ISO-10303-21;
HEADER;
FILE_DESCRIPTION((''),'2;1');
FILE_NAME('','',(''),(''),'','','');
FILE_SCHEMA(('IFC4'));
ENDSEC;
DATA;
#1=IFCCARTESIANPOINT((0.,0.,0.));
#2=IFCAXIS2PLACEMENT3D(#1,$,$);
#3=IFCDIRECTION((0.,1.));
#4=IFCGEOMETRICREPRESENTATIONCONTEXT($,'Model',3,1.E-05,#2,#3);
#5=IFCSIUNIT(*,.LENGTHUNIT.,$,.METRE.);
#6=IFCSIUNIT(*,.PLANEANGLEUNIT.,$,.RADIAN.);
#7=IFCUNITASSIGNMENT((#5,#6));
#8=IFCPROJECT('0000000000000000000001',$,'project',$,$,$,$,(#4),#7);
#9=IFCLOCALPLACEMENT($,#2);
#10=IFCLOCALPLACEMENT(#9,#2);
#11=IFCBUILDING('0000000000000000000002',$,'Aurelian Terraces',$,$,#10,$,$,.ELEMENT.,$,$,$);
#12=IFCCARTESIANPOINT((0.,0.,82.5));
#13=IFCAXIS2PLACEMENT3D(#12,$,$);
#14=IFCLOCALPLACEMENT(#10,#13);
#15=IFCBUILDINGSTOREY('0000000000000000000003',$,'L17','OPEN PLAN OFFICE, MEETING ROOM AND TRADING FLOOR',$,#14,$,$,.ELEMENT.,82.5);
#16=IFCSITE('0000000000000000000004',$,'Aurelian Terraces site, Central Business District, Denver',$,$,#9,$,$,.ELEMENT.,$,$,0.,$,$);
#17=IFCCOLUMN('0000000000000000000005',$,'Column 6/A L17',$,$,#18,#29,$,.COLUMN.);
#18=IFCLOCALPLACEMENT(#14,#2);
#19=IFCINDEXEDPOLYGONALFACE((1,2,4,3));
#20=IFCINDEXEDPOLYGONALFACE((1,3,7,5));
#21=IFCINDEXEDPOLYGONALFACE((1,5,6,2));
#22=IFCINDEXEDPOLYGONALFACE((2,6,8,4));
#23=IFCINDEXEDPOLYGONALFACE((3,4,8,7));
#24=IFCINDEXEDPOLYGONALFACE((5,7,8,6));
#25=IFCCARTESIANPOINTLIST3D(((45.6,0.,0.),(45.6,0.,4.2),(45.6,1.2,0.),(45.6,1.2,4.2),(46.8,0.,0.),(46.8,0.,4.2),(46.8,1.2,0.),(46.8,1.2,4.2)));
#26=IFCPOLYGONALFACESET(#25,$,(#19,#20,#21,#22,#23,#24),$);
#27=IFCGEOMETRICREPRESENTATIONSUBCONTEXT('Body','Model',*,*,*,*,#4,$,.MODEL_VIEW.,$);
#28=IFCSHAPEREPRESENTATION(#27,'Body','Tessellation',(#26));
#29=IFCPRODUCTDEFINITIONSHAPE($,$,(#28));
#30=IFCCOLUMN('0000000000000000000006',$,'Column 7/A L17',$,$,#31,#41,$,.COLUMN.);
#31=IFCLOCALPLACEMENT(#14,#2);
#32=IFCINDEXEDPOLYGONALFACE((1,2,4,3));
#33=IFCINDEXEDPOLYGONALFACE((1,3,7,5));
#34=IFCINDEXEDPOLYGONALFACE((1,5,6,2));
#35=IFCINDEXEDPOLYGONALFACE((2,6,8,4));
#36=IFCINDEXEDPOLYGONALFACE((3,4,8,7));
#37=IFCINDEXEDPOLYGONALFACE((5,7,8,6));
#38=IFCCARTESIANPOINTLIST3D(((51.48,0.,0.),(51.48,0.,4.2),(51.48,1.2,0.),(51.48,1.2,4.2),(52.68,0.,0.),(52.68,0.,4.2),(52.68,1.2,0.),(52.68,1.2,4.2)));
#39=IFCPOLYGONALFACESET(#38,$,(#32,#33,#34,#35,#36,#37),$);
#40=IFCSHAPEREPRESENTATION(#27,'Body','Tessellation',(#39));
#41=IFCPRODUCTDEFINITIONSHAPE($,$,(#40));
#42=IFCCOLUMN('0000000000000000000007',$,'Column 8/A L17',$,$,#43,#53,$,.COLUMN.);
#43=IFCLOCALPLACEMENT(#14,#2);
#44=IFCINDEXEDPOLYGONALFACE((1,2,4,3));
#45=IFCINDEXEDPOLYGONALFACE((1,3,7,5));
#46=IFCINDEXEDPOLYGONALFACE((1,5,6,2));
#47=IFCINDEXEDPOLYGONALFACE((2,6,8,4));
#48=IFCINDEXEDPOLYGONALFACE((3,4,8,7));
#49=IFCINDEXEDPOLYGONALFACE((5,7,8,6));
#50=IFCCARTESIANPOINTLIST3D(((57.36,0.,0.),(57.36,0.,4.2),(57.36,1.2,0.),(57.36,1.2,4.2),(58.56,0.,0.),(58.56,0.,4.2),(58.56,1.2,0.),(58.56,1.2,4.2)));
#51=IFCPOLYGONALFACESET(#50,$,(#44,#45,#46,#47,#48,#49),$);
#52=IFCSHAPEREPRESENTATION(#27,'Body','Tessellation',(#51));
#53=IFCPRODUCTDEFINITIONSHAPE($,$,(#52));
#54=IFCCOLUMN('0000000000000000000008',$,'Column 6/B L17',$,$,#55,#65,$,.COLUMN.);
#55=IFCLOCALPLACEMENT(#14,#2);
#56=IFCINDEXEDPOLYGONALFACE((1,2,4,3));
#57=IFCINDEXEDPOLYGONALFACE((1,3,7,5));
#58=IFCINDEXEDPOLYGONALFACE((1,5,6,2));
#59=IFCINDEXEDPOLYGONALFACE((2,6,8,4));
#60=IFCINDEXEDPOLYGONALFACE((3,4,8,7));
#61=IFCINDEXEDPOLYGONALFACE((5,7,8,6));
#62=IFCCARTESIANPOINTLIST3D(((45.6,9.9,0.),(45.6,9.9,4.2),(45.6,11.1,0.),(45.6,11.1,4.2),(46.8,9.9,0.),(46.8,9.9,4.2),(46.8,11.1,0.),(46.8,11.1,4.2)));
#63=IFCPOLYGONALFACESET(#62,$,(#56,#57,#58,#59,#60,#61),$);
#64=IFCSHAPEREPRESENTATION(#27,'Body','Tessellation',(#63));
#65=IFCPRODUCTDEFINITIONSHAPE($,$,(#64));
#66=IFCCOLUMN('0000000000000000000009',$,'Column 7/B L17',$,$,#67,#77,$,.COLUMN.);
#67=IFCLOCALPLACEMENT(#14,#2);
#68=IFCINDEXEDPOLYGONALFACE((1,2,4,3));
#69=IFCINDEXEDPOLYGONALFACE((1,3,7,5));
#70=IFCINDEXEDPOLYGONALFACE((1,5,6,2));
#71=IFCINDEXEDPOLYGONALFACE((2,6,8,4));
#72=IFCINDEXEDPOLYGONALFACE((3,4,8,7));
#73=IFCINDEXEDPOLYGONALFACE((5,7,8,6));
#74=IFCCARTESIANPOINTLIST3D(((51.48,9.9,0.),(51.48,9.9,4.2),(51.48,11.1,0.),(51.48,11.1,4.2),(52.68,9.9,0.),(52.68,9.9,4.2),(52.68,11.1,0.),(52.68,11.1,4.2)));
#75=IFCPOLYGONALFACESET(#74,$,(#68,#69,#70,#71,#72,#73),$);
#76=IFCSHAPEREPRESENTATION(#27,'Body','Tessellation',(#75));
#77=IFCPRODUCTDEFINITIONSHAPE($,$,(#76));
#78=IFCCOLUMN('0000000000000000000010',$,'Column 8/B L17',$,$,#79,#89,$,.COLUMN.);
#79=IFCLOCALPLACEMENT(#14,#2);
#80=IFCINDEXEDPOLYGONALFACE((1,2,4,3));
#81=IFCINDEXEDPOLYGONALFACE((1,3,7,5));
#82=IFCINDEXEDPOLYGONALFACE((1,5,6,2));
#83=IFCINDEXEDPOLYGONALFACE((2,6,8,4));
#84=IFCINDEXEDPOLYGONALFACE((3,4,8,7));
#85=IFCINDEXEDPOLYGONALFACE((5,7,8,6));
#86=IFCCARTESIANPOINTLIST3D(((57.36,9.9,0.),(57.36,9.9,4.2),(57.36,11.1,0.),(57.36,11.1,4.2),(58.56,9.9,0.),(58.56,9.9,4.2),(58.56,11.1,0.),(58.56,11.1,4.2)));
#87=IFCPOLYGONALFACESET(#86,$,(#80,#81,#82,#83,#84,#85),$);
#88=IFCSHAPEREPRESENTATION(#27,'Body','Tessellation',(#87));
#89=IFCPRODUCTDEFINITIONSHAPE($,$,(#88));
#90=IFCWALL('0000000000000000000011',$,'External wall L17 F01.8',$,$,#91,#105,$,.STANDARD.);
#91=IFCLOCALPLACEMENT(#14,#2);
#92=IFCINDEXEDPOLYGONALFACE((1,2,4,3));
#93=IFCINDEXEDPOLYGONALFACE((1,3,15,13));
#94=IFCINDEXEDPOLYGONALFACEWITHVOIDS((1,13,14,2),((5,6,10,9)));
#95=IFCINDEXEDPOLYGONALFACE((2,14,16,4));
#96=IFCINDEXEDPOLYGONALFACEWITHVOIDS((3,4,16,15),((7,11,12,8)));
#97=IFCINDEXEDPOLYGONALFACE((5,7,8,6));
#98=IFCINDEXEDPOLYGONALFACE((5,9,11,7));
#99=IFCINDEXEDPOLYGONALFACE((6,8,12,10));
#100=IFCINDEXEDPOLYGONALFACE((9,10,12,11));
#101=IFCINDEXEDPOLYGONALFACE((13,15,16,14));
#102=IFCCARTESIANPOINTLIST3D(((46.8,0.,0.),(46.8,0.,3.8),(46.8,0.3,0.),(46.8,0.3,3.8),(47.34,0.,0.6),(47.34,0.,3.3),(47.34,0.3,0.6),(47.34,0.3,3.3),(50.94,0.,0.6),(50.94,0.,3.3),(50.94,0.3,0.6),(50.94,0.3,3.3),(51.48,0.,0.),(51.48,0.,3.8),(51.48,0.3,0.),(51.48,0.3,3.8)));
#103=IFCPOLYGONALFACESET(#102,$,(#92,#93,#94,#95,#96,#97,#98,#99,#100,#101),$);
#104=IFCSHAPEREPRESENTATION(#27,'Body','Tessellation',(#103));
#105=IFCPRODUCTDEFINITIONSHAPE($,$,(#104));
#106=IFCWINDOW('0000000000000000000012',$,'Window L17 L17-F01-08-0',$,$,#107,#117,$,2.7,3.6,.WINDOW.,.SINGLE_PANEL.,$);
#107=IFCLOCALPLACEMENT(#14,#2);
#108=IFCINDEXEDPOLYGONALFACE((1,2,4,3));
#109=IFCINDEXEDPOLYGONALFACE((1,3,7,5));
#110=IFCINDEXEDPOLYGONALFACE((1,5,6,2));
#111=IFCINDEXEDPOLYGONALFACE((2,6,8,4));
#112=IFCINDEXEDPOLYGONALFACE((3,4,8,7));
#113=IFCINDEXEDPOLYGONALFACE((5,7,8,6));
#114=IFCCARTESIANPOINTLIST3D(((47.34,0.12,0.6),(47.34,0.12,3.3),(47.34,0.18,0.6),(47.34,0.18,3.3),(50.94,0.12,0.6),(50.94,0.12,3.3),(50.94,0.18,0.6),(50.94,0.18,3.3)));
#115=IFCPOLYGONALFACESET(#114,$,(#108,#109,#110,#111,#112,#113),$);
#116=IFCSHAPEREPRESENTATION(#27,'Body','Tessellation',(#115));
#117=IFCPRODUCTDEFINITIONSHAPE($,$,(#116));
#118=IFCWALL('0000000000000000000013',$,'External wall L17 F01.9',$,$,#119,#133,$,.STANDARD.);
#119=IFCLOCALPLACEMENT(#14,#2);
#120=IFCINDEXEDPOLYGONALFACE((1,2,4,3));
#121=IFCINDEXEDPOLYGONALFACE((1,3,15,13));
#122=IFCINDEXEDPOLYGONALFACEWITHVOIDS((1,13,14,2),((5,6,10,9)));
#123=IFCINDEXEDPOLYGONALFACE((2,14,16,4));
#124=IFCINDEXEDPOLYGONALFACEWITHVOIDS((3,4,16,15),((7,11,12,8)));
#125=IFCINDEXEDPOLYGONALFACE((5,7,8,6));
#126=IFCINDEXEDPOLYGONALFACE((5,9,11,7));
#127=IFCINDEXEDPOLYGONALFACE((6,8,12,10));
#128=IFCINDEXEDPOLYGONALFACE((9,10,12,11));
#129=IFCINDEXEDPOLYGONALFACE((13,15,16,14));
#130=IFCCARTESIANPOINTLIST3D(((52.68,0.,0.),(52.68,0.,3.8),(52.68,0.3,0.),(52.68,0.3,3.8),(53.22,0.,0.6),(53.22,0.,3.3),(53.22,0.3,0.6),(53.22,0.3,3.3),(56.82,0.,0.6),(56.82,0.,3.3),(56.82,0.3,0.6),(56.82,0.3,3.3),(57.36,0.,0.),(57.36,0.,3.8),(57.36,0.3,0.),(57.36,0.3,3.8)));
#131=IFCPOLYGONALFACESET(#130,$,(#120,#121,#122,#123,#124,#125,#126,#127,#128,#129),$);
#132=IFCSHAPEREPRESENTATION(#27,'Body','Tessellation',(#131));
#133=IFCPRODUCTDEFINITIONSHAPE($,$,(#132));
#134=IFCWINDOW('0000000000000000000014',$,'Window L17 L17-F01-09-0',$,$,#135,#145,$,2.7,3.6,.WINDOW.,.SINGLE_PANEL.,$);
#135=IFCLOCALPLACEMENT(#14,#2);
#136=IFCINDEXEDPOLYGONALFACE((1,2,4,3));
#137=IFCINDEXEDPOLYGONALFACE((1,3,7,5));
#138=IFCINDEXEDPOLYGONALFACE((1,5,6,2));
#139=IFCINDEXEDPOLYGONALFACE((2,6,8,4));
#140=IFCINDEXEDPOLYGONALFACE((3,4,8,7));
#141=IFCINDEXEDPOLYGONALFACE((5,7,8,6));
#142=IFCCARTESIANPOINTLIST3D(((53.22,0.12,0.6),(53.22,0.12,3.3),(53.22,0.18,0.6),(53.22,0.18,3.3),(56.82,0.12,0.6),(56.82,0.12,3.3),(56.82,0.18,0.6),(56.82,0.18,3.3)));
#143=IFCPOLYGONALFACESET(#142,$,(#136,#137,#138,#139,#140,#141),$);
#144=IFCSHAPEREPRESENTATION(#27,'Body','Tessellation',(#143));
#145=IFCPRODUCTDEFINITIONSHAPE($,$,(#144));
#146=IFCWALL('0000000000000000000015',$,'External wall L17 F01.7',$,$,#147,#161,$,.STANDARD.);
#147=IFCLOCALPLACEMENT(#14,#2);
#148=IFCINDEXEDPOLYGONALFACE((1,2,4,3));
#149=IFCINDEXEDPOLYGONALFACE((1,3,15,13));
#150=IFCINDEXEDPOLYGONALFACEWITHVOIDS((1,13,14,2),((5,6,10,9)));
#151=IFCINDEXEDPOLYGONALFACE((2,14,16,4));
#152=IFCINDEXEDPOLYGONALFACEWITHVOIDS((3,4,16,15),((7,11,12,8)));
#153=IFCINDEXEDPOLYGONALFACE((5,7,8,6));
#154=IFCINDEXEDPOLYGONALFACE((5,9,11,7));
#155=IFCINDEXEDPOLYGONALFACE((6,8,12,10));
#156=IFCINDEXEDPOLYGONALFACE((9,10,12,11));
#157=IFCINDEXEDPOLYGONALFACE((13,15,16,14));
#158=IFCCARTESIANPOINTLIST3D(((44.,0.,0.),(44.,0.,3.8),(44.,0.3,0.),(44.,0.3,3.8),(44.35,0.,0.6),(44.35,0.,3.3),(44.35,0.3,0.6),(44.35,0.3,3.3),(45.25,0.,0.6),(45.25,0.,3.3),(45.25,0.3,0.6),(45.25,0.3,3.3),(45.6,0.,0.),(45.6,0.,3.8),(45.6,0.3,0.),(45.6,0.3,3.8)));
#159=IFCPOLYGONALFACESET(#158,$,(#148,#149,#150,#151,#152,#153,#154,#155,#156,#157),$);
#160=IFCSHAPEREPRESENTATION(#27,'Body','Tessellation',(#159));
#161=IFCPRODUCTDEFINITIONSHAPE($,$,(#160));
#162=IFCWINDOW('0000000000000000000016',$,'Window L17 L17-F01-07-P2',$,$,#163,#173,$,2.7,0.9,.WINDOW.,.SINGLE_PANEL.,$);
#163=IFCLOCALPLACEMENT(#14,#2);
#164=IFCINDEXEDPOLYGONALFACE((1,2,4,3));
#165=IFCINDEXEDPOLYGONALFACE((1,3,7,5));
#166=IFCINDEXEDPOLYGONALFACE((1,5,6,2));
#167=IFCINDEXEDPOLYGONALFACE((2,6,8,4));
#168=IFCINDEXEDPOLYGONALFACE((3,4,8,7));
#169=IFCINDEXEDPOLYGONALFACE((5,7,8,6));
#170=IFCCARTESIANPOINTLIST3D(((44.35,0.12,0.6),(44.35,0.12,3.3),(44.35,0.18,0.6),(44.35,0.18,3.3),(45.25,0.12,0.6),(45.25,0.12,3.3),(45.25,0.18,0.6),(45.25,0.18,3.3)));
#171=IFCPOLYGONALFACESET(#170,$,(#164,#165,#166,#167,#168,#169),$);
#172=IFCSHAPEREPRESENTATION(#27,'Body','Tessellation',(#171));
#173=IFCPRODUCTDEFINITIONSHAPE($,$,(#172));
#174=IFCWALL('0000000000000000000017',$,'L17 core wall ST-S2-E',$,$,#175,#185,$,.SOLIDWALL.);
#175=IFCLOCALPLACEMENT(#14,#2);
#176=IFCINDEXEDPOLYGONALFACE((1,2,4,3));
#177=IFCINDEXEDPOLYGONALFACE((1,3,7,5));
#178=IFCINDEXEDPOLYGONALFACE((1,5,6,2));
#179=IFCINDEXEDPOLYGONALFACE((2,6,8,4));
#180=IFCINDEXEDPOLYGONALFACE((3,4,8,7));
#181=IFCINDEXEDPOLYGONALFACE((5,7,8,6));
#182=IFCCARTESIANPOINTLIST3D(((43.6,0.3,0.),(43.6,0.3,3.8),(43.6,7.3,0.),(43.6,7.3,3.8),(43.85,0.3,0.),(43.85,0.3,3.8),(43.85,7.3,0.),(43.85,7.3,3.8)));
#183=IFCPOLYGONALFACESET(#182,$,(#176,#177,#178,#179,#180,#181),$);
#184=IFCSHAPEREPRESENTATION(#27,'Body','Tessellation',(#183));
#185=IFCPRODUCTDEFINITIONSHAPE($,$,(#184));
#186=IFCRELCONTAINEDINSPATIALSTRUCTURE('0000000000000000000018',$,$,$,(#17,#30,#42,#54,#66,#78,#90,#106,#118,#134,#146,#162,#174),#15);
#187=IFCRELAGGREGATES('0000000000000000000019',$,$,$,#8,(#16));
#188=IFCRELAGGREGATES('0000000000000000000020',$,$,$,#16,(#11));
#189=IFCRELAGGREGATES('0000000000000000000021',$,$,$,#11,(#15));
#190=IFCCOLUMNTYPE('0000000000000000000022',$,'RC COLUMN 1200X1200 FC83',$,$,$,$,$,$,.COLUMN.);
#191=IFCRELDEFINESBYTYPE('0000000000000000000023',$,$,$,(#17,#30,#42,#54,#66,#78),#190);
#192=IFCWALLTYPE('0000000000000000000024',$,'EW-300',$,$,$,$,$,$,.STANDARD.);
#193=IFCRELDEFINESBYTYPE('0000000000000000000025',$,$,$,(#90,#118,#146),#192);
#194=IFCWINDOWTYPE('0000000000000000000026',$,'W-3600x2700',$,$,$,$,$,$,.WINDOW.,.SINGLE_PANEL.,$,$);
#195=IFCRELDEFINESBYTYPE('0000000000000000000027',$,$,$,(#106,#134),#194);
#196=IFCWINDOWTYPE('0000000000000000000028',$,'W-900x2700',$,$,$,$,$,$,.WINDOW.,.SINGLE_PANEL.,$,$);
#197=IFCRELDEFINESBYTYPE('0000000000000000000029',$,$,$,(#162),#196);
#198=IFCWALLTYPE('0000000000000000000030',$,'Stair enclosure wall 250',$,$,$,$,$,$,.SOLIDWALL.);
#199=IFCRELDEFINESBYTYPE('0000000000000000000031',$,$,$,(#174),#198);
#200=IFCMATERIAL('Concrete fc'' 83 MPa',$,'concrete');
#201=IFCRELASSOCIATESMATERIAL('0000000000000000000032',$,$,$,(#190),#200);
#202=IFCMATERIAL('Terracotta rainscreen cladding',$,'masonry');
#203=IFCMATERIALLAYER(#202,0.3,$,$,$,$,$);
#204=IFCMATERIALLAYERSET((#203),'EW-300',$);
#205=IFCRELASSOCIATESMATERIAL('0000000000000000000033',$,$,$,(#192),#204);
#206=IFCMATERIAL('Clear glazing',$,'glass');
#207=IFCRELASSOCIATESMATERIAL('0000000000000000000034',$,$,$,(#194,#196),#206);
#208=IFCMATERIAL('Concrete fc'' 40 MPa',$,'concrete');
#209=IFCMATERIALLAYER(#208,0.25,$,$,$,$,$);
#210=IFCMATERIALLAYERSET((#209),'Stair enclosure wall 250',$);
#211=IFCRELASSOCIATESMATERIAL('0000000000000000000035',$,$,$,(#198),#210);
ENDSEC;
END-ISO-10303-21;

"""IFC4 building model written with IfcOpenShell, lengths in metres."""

from ifc_helpers import new_model, si_unit, direction, frame, frame_2d, origin, origin_2d, place, context, subcontext, project, spatial, rectangle, extrude, source, transform, mapped, material, layer, layer_set, material_profile, profile_set, type_object, element, fill, save


model = new_model("IFC4")

# Units and contexts
model_context = context("Model", 3, precision=1e-05, world=origin(), true_north=direction((0.0, 1.0)))
body_context = subcontext(model_context, "Body", "Model", "MODEL_VIEW")
ifc_project = project(units=[si_unit("LENGTHUNIT", "METRE"), si_unit("PLANEANGLEUNIT", "RADIAN")], contexts=[model_context])

# Site, building, storey
site_placement = place(None, origin())
site = spatial("IfcSite", under=ifc_project, at=site_placement, Name="Aurelian Terraces site, Central Business District, Denver", CompositionType="ELEMENT", RefElevation=0.0)
building_placement = place(site_placement, origin())
building = spatial("IfcBuilding", under=site, at=building_placement, Name="Aurelian Terraces", CompositionType="ELEMENT")
storey_placement = place(building_placement, frame((0.0, 0.0, 82.5)))
storey = spatial("IfcBuildingStorey", under=building, at=storey_placement, Name="L17", Description="OPEN PLAN OFFICE, MEETING ROOM AND TRADING FLOOR", CompositionType="ELEMENT", Elevation=82.5)

# Columns
ifc_material_1 = material(Name="Concrete fc' 83 MPa", Category="concrete")
ifc_material_profile = material_profile(ifc_material_1, rectangle(XDim=1.2, YDim=1.2, at=origin_2d()))
ifc_profile_set = profile_set([ifc_material_profile], Name="Concrete fc' 83 MPa")
column_type = type_object("IfcColumnType", Name="RC COLUMN 1200X1200 FC83", PredefinedType="COLUMN", material=ifc_profile_set)
shared_shape_1 = source(origin(), body_context, "Body", "SweptSolid", [
    extrude(rectangle(XDim=1.2, YDim=1.2, at=origin_2d()), origin(), (0.0, 0.0, 1.0), 4.2),
])
for number, where, z_axis, x_axis, name in (
    (1, (46.2, 0.6, 0.0), (0.0, 0.0, 1.0), (1.0, 0.0, 0.0), "Column 6/A L17"),
    (2, (52.08, 0.6, 0.0), (0.0, 0.0, 1.0), (1.0, 0.0, 0.0), "Column 7/A L17"),
    (3, (57.96, 0.6, 0.0), (0.0, 0.0, 1.0), (1.0, 0.0, 0.0), "Column 8/A L17"),
    (4, (46.2, 10.5, 0.0), (0.0, 0.0, 1.0), (1.0, 0.0, 0.0), "Column 6/B L17"),
    (5, (52.08, 10.5, 0.0), (0.0, 0.0, 1.0), (1.0, 0.0, 0.0), "Column 7/B L17"),
    (6, (57.96, 10.5, 0.0), (0.0, 0.0, 1.0), (1.0, 0.0, 0.0), "Column 8/B L17"),
):
    element("IfcColumn", number, at=place(storey_placement, frame(where, z_axis=z_axis, x_axis=x_axis)), inside=storey, type_object=column_type, Name=name, PredefinedType="COLUMN", context=body_context, shape_type="MappedRepresentation", body=[
        mapped(shared_shape_1, transform((0.0, 0.0, 0.0), scale=1.0)),
    ])

# Walls, openings, windows
ifc_material_2 = material(Name="Terracotta rainscreen cladding", Category="masonry")
ifc_layer_1 = layer(ifc_material_2, 0.3)
ifc_layer_set_1 = layer_set([ifc_layer_1], Name="EW-300")
wall_type_1 = type_object("IfcWallType", Name="EW-300", PredefinedType="STANDARD", material=ifc_layer_set_1)
shared_shape_2 = source(origin(), body_context, "Body", "SweptSolid", [
    extrude(rectangle(XDim=4.68, YDim=0.3, at=frame_2d((2.34, 0.0))), origin(), (0.0, 0.0, 1.0), 3.8),
])
wall_1_placement = place(storey_placement, frame((46.8, 0.15, 0.0), z_axis=(0.0, 0.0, 1.0), x_axis=(1.0, 0.0, 0.0)))
wall_1 = element("IfcWall", 7, at=wall_1_placement, inside=storey, type_object=wall_type_1, Name="External wall L17 F01.8", PredefinedType="STANDARD", context=body_context, shape_type="MappedRepresentation", body=[
    mapped(shared_shape_2, transform((0.0, 0.0, 0.0), scale=1.0)),
])
shared_shape_3 = source(origin(), body_context, "Body", "SweptSolid", [
    extrude(rectangle(XDim=3.6, YDim=2.7, at=frame_2d((1.8, 1.35))), frame((0.0, 0.16, 0.0), z_axis=(0.0, -1.0, 0.0), x_axis=(1.0, 0.0, 0.0)), (0.0, 0.0, 1.0), 0.32),
])
opening_1_placement = place(wall_1_placement, frame((0.54, 0.0, 0.6)))
opening_1 = element("IfcOpeningElement", 8, at=opening_1_placement, cuts=wall_1, PredefinedType="OPENING", context=body_context, shape_type="MappedRepresentation", body=[
    mapped(shared_shape_3, transform((0.0, 0.0, 0.0), scale=1.0)),
])
ifc_material_3 = material(Name="Clear glazing", Category="glass")
window_type_1 = type_object("IfcWindowType", Name="W-3600x2700", PartitioningType="SINGLE_PANEL", PredefinedType="WINDOW", material=ifc_material_3)
shared_shape_4 = source(origin(), body_context, "Body", "SweptSolid", [
    extrude(rectangle(XDim=3.6, YDim=2.7, at=frame_2d((1.8, 1.35))), frame((0.0, 0.03, 0.0), z_axis=(0.0, -1.0, 0.0), x_axis=(1.0, 0.0, 0.0)), (0.0, 0.0, 1.0), 0.06),
])
window_1_placement = place(opening_1_placement, origin())
window_1 = element("IfcWindow", 9, at=window_1_placement, inside=storey, type_object=window_type_1, Name="Window L17 L17-F01-08-0", OverallHeight=2.7, OverallWidth=3.6, PartitioningType="SINGLE_PANEL", PredefinedType="WINDOW", context=body_context, shape_type="MappedRepresentation", body=[
    mapped(shared_shape_4, transform((0.0, 0.0, 0.0), scale=1.0)),
])
fill(opening_1, window_1)
wall_2_placement = place(storey_placement, frame((52.68, 0.15, 0.0), z_axis=(0.0, 0.0, 1.0), x_axis=(1.0, 0.0, 0.0)))
wall_2 = element("IfcWall", 10, at=wall_2_placement, inside=storey, type_object=wall_type_1, Name="External wall L17 F01.9", PredefinedType="STANDARD", context=body_context, shape_type="MappedRepresentation", body=[
    mapped(shared_shape_2, transform((0.0, 0.0, 0.0), scale=1.0)),
])
opening_2_placement = place(wall_2_placement, frame((0.54, 0.0, 0.6)))
opening_2 = element("IfcOpeningElement", 11, at=opening_2_placement, cuts=wall_2, PredefinedType="OPENING", context=body_context, shape_type="MappedRepresentation", body=[
    mapped(shared_shape_3, transform((0.0, 0.0, 0.0), scale=1.0)),
])
window_2_placement = place(opening_2_placement, origin())
window_2 = element("IfcWindow", 12, at=window_2_placement, inside=storey, type_object=window_type_1, Name="Window L17 L17-F01-09-0", OverallHeight=2.7, OverallWidth=3.6, PartitioningType="SINGLE_PANEL", PredefinedType="WINDOW", context=body_context, shape_type="MappedRepresentation", body=[
    mapped(shared_shape_4, transform((0.0, 0.0, 0.0), scale=1.0)),
])
fill(opening_2, window_2)
shared_shape_5 = source(origin(), body_context, "Body", "SweptSolid", [
    extrude(rectangle(XDim=1.6, YDim=0.3, at=frame_2d((0.8, 0.0))), origin(), (0.0, 0.0, 1.0), 3.8),
])
wall_3_placement = place(storey_placement, frame((44.0, 0.15, 0.0), z_axis=(0.0, 0.0, 1.0), x_axis=(1.0, 0.0, 0.0)))
wall_3 = element("IfcWall", 13, at=wall_3_placement, inside=storey, type_object=wall_type_1, Name="External wall L17 F01.7", PredefinedType="STANDARD", context=body_context, shape_type="MappedRepresentation", body=[
    mapped(shared_shape_5, transform((0.0, 0.0, 0.0), scale=1.0)),
])
shared_shape_6 = source(origin(), body_context, "Body", "SweptSolid", [
    extrude(rectangle(XDim=0.9, YDim=2.7, at=frame_2d((0.45, 1.35))), frame((0.0, 0.16, 0.0), z_axis=(0.0, -1.0, 0.0), x_axis=(1.0, 0.0, 0.0)), (0.0, 0.0, 1.0), 0.32),
])
opening_3_placement = place(wall_3_placement, frame((0.35, 0.0, 0.6)))
opening_3 = element("IfcOpeningElement", 14, at=opening_3_placement, cuts=wall_3, PredefinedType="OPENING", context=body_context, shape_type="MappedRepresentation", body=[
    mapped(shared_shape_6, transform((0.0, 0.0, 0.0), scale=1.0)),
])
window_type_2 = type_object("IfcWindowType", Name="W-900x2700", PartitioningType="SINGLE_PANEL", PredefinedType="WINDOW", material=ifc_material_3)
shared_shape_7 = source(origin(), body_context, "Body", "SweptSolid", [
    extrude(rectangle(XDim=0.9, YDim=2.7, at=frame_2d((0.45, 1.35))), frame((0.0, 0.03, 0.0), z_axis=(0.0, -1.0, 0.0), x_axis=(1.0, 0.0, 0.0)), (0.0, 0.0, 1.0), 0.06),
])
window_3_placement = place(opening_3_placement, origin())
window_3 = element("IfcWindow", 15, at=window_3_placement, inside=storey, type_object=window_type_2, Name="Window L17 L17-F01-07-P2", OverallHeight=2.7, OverallWidth=0.9, PartitioningType="SINGLE_PANEL", PredefinedType="WINDOW", context=body_context, shape_type="MappedRepresentation", body=[
    mapped(shared_shape_7, transform((0.0, 0.0, 0.0), scale=1.0)),
])
fill(opening_3, window_3)

# Wall
ifc_material_4 = material(Name="Concrete fc' 40 MPa", Category="concrete")
ifc_layer_2 = layer(ifc_material_4, 0.25)
ifc_layer_set_2 = layer_set([ifc_layer_2], Name="Stair enclosure wall 250")
wall_type_2 = type_object("IfcWallType", Name="Stair enclosure wall 250", PredefinedType="SOLIDWALL", material=ifc_layer_set_2)
shared_shape_8 = source(origin(), body_context, "Body", "SweptSolid", [
    extrude(rectangle(XDim=7.0, YDim=0.25, at=frame_2d((3.5, 0.0))), origin(), (0.0, 0.0, 1.0), 3.8),
])
wall_4_placement = place(storey_placement, frame((43.725, 0.3, 0.0), z_axis=(0.0, 0.0, 1.0), x_axis=(0.0, 1.0, 0.0)))
element("IfcWall", 16, at=wall_4_placement, inside=storey, type_object=wall_type_2, Name="L17 core wall ST-S2-E", PredefinedType="SOLIDWALL", context=body_context, shape_type="MappedRepresentation", body=[
    mapped(shared_shape_8, transform((0.0, 0.0, 0.0), scale=1.0)),
])

save(model, "model.ifc")
